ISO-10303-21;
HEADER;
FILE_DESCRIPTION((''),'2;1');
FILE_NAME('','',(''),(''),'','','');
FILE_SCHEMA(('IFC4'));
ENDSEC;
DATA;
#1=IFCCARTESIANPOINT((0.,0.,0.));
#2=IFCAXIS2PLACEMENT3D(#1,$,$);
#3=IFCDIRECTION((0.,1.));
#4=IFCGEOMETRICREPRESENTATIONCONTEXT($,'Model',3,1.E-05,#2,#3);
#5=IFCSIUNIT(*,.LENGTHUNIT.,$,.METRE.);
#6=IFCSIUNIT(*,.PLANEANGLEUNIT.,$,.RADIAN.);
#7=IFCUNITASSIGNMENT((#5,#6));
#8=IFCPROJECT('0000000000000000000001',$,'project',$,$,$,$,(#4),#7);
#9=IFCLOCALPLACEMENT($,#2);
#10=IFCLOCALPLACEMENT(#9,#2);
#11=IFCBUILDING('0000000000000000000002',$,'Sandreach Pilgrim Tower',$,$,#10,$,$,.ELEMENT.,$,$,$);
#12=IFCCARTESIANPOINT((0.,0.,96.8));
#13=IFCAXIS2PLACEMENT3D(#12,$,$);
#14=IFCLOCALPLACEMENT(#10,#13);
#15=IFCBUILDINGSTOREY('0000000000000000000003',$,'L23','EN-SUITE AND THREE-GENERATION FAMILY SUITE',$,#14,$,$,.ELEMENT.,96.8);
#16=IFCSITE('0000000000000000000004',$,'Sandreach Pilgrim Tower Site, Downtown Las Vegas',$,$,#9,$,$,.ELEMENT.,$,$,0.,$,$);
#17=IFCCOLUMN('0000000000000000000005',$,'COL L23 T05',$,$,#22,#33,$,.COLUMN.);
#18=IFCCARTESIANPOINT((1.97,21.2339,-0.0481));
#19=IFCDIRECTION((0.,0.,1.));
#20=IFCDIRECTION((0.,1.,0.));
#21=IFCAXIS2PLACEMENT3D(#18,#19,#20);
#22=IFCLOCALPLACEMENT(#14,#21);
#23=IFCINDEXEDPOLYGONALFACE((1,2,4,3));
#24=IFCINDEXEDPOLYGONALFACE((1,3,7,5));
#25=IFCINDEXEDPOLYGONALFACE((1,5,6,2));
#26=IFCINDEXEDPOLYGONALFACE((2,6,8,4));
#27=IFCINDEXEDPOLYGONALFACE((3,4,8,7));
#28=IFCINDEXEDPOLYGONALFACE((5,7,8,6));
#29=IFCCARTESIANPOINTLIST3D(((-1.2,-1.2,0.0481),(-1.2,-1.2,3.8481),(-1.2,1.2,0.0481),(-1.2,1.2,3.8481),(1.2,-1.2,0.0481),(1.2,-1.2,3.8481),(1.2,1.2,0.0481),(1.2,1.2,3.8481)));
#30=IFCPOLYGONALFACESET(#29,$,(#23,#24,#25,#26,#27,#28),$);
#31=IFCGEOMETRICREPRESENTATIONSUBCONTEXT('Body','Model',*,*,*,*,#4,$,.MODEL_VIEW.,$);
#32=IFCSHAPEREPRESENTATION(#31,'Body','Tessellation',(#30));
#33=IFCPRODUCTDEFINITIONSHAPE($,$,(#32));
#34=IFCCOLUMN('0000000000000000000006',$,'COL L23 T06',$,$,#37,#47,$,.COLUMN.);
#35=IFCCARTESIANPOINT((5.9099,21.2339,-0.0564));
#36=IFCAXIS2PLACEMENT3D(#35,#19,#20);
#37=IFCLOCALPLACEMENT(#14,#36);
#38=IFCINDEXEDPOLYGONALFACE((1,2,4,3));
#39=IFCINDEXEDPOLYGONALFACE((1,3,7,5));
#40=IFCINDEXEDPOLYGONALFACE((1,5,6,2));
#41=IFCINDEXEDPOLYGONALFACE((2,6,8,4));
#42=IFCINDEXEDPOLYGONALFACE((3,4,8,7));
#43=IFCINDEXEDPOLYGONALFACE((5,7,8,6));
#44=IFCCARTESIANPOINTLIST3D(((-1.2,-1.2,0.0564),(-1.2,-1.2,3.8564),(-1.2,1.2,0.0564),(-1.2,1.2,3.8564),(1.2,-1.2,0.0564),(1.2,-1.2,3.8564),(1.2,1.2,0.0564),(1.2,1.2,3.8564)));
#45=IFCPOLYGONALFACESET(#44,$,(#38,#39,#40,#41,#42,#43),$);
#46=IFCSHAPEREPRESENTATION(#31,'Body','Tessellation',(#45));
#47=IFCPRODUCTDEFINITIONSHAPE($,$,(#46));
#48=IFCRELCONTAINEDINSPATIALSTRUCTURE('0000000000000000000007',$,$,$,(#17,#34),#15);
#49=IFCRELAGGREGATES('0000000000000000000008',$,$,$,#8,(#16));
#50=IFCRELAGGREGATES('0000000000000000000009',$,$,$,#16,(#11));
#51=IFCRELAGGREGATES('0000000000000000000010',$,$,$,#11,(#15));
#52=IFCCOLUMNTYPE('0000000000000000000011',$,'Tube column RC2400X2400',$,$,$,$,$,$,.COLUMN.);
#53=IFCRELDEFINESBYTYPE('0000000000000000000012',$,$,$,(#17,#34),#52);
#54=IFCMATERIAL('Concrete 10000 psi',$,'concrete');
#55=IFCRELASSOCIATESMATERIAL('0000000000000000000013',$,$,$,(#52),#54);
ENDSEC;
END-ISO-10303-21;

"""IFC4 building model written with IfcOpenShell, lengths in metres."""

from ifc_helpers import new_model, si_unit, direction, frame, origin, origin_2d, place, context, subcontext, project, spatial, rectangle, extrude, clip, halfspace, material, material_profile, profile_set, type_object, element, save


model = new_model("IFC4")

# Units and contexts
model_context = context("Model", 3, precision=1e-05, world=origin(), true_north=direction((0.0, 1.0)))
body_context = subcontext(model_context, "Body", "Model", "MODEL_VIEW")
ifc_project = project(units=[si_unit("LENGTHUNIT", "METRE"), si_unit("PLANEANGLEUNIT", "RADIAN")], contexts=[model_context])

# Site, building, storey
site_placement = place(None, origin())
site = spatial("IfcSite", under=ifc_project, at=site_placement, Name="Sandreach Pilgrim Tower Site, Downtown Las Vegas", CompositionType="ELEMENT", RefElevation=0.0)
building_placement = place(site_placement, origin())
building = spatial("IfcBuilding", under=site, at=building_placement, Name="Sandreach Pilgrim Tower", CompositionType="ELEMENT")
storey_placement = place(building_placement, frame((0.0, 0.0, 96.8)))
storey = spatial("IfcBuildingStorey", under=building, at=storey_placement, Name="L23", Description="EN-SUITE AND THREE-GENERATION FAMILY SUITE", CompositionType="ELEMENT", Elevation=96.8)

# Columns
ifc_material_1 = material(Name="Concrete 10000 psi", Category="concrete")
ifc_material_profile_1 = material_profile(ifc_material_1, rectangle(XDim=2.3999, YDim=2.3999, at=origin_2d()), Name="RC2400X2400")
ifc_profile_set_1 = profile_set([ifc_material_profile_1], Name="Concrete 10000 psi")
column_type = type_object("IfcColumnType", Name="Tube column RC2400X2400", PredefinedType="COLUMN", material=ifc_profile_set_1)
column_1_placement = place(storey_placement, frame((1.97, 21.2339, -0.0481), z_axis=(0.0, 0.0, 1.0), x_axis=(0.0, 1.0, 0.0)))
element("IfcColumn", 1, at=column_1_placement, inside=storey, type_object=column_type, Name="COL L23 T05", PredefinedType="COLUMN", context=body_context, shape_type="SweptSolid", body=[
    clip(extrude(rectangle(XDim=2.3999, YDim=2.3999, at=origin_2d()), origin(), (0.0, 0.0, 1.0), 3.8481), halfspace(frame((0.0, 0.0, 0.0481)), True)),
])
column_2_placement = place(storey_placement, frame((5.9099, 21.2339, -0.0564), z_axis=(0.0, 0.0, 1.0), x_axis=(0.0, 1.0, 0.0)))
element("IfcColumn", 2, at=column_2_placement, inside=storey, type_object=column_type, Name="COL L23 T06", PredefinedType="COLUMN", context=body_context, shape_type="SweptSolid", body=[
    clip(extrude(rectangle(XDim=2.3999, YDim=2.3999, at=origin_2d()), origin(), (0.0, 0.0, 1.0), 3.8564), halfspace(frame((0.0, 0.0, 0.0564)), True)),
])

save(model, "model.ifc")
